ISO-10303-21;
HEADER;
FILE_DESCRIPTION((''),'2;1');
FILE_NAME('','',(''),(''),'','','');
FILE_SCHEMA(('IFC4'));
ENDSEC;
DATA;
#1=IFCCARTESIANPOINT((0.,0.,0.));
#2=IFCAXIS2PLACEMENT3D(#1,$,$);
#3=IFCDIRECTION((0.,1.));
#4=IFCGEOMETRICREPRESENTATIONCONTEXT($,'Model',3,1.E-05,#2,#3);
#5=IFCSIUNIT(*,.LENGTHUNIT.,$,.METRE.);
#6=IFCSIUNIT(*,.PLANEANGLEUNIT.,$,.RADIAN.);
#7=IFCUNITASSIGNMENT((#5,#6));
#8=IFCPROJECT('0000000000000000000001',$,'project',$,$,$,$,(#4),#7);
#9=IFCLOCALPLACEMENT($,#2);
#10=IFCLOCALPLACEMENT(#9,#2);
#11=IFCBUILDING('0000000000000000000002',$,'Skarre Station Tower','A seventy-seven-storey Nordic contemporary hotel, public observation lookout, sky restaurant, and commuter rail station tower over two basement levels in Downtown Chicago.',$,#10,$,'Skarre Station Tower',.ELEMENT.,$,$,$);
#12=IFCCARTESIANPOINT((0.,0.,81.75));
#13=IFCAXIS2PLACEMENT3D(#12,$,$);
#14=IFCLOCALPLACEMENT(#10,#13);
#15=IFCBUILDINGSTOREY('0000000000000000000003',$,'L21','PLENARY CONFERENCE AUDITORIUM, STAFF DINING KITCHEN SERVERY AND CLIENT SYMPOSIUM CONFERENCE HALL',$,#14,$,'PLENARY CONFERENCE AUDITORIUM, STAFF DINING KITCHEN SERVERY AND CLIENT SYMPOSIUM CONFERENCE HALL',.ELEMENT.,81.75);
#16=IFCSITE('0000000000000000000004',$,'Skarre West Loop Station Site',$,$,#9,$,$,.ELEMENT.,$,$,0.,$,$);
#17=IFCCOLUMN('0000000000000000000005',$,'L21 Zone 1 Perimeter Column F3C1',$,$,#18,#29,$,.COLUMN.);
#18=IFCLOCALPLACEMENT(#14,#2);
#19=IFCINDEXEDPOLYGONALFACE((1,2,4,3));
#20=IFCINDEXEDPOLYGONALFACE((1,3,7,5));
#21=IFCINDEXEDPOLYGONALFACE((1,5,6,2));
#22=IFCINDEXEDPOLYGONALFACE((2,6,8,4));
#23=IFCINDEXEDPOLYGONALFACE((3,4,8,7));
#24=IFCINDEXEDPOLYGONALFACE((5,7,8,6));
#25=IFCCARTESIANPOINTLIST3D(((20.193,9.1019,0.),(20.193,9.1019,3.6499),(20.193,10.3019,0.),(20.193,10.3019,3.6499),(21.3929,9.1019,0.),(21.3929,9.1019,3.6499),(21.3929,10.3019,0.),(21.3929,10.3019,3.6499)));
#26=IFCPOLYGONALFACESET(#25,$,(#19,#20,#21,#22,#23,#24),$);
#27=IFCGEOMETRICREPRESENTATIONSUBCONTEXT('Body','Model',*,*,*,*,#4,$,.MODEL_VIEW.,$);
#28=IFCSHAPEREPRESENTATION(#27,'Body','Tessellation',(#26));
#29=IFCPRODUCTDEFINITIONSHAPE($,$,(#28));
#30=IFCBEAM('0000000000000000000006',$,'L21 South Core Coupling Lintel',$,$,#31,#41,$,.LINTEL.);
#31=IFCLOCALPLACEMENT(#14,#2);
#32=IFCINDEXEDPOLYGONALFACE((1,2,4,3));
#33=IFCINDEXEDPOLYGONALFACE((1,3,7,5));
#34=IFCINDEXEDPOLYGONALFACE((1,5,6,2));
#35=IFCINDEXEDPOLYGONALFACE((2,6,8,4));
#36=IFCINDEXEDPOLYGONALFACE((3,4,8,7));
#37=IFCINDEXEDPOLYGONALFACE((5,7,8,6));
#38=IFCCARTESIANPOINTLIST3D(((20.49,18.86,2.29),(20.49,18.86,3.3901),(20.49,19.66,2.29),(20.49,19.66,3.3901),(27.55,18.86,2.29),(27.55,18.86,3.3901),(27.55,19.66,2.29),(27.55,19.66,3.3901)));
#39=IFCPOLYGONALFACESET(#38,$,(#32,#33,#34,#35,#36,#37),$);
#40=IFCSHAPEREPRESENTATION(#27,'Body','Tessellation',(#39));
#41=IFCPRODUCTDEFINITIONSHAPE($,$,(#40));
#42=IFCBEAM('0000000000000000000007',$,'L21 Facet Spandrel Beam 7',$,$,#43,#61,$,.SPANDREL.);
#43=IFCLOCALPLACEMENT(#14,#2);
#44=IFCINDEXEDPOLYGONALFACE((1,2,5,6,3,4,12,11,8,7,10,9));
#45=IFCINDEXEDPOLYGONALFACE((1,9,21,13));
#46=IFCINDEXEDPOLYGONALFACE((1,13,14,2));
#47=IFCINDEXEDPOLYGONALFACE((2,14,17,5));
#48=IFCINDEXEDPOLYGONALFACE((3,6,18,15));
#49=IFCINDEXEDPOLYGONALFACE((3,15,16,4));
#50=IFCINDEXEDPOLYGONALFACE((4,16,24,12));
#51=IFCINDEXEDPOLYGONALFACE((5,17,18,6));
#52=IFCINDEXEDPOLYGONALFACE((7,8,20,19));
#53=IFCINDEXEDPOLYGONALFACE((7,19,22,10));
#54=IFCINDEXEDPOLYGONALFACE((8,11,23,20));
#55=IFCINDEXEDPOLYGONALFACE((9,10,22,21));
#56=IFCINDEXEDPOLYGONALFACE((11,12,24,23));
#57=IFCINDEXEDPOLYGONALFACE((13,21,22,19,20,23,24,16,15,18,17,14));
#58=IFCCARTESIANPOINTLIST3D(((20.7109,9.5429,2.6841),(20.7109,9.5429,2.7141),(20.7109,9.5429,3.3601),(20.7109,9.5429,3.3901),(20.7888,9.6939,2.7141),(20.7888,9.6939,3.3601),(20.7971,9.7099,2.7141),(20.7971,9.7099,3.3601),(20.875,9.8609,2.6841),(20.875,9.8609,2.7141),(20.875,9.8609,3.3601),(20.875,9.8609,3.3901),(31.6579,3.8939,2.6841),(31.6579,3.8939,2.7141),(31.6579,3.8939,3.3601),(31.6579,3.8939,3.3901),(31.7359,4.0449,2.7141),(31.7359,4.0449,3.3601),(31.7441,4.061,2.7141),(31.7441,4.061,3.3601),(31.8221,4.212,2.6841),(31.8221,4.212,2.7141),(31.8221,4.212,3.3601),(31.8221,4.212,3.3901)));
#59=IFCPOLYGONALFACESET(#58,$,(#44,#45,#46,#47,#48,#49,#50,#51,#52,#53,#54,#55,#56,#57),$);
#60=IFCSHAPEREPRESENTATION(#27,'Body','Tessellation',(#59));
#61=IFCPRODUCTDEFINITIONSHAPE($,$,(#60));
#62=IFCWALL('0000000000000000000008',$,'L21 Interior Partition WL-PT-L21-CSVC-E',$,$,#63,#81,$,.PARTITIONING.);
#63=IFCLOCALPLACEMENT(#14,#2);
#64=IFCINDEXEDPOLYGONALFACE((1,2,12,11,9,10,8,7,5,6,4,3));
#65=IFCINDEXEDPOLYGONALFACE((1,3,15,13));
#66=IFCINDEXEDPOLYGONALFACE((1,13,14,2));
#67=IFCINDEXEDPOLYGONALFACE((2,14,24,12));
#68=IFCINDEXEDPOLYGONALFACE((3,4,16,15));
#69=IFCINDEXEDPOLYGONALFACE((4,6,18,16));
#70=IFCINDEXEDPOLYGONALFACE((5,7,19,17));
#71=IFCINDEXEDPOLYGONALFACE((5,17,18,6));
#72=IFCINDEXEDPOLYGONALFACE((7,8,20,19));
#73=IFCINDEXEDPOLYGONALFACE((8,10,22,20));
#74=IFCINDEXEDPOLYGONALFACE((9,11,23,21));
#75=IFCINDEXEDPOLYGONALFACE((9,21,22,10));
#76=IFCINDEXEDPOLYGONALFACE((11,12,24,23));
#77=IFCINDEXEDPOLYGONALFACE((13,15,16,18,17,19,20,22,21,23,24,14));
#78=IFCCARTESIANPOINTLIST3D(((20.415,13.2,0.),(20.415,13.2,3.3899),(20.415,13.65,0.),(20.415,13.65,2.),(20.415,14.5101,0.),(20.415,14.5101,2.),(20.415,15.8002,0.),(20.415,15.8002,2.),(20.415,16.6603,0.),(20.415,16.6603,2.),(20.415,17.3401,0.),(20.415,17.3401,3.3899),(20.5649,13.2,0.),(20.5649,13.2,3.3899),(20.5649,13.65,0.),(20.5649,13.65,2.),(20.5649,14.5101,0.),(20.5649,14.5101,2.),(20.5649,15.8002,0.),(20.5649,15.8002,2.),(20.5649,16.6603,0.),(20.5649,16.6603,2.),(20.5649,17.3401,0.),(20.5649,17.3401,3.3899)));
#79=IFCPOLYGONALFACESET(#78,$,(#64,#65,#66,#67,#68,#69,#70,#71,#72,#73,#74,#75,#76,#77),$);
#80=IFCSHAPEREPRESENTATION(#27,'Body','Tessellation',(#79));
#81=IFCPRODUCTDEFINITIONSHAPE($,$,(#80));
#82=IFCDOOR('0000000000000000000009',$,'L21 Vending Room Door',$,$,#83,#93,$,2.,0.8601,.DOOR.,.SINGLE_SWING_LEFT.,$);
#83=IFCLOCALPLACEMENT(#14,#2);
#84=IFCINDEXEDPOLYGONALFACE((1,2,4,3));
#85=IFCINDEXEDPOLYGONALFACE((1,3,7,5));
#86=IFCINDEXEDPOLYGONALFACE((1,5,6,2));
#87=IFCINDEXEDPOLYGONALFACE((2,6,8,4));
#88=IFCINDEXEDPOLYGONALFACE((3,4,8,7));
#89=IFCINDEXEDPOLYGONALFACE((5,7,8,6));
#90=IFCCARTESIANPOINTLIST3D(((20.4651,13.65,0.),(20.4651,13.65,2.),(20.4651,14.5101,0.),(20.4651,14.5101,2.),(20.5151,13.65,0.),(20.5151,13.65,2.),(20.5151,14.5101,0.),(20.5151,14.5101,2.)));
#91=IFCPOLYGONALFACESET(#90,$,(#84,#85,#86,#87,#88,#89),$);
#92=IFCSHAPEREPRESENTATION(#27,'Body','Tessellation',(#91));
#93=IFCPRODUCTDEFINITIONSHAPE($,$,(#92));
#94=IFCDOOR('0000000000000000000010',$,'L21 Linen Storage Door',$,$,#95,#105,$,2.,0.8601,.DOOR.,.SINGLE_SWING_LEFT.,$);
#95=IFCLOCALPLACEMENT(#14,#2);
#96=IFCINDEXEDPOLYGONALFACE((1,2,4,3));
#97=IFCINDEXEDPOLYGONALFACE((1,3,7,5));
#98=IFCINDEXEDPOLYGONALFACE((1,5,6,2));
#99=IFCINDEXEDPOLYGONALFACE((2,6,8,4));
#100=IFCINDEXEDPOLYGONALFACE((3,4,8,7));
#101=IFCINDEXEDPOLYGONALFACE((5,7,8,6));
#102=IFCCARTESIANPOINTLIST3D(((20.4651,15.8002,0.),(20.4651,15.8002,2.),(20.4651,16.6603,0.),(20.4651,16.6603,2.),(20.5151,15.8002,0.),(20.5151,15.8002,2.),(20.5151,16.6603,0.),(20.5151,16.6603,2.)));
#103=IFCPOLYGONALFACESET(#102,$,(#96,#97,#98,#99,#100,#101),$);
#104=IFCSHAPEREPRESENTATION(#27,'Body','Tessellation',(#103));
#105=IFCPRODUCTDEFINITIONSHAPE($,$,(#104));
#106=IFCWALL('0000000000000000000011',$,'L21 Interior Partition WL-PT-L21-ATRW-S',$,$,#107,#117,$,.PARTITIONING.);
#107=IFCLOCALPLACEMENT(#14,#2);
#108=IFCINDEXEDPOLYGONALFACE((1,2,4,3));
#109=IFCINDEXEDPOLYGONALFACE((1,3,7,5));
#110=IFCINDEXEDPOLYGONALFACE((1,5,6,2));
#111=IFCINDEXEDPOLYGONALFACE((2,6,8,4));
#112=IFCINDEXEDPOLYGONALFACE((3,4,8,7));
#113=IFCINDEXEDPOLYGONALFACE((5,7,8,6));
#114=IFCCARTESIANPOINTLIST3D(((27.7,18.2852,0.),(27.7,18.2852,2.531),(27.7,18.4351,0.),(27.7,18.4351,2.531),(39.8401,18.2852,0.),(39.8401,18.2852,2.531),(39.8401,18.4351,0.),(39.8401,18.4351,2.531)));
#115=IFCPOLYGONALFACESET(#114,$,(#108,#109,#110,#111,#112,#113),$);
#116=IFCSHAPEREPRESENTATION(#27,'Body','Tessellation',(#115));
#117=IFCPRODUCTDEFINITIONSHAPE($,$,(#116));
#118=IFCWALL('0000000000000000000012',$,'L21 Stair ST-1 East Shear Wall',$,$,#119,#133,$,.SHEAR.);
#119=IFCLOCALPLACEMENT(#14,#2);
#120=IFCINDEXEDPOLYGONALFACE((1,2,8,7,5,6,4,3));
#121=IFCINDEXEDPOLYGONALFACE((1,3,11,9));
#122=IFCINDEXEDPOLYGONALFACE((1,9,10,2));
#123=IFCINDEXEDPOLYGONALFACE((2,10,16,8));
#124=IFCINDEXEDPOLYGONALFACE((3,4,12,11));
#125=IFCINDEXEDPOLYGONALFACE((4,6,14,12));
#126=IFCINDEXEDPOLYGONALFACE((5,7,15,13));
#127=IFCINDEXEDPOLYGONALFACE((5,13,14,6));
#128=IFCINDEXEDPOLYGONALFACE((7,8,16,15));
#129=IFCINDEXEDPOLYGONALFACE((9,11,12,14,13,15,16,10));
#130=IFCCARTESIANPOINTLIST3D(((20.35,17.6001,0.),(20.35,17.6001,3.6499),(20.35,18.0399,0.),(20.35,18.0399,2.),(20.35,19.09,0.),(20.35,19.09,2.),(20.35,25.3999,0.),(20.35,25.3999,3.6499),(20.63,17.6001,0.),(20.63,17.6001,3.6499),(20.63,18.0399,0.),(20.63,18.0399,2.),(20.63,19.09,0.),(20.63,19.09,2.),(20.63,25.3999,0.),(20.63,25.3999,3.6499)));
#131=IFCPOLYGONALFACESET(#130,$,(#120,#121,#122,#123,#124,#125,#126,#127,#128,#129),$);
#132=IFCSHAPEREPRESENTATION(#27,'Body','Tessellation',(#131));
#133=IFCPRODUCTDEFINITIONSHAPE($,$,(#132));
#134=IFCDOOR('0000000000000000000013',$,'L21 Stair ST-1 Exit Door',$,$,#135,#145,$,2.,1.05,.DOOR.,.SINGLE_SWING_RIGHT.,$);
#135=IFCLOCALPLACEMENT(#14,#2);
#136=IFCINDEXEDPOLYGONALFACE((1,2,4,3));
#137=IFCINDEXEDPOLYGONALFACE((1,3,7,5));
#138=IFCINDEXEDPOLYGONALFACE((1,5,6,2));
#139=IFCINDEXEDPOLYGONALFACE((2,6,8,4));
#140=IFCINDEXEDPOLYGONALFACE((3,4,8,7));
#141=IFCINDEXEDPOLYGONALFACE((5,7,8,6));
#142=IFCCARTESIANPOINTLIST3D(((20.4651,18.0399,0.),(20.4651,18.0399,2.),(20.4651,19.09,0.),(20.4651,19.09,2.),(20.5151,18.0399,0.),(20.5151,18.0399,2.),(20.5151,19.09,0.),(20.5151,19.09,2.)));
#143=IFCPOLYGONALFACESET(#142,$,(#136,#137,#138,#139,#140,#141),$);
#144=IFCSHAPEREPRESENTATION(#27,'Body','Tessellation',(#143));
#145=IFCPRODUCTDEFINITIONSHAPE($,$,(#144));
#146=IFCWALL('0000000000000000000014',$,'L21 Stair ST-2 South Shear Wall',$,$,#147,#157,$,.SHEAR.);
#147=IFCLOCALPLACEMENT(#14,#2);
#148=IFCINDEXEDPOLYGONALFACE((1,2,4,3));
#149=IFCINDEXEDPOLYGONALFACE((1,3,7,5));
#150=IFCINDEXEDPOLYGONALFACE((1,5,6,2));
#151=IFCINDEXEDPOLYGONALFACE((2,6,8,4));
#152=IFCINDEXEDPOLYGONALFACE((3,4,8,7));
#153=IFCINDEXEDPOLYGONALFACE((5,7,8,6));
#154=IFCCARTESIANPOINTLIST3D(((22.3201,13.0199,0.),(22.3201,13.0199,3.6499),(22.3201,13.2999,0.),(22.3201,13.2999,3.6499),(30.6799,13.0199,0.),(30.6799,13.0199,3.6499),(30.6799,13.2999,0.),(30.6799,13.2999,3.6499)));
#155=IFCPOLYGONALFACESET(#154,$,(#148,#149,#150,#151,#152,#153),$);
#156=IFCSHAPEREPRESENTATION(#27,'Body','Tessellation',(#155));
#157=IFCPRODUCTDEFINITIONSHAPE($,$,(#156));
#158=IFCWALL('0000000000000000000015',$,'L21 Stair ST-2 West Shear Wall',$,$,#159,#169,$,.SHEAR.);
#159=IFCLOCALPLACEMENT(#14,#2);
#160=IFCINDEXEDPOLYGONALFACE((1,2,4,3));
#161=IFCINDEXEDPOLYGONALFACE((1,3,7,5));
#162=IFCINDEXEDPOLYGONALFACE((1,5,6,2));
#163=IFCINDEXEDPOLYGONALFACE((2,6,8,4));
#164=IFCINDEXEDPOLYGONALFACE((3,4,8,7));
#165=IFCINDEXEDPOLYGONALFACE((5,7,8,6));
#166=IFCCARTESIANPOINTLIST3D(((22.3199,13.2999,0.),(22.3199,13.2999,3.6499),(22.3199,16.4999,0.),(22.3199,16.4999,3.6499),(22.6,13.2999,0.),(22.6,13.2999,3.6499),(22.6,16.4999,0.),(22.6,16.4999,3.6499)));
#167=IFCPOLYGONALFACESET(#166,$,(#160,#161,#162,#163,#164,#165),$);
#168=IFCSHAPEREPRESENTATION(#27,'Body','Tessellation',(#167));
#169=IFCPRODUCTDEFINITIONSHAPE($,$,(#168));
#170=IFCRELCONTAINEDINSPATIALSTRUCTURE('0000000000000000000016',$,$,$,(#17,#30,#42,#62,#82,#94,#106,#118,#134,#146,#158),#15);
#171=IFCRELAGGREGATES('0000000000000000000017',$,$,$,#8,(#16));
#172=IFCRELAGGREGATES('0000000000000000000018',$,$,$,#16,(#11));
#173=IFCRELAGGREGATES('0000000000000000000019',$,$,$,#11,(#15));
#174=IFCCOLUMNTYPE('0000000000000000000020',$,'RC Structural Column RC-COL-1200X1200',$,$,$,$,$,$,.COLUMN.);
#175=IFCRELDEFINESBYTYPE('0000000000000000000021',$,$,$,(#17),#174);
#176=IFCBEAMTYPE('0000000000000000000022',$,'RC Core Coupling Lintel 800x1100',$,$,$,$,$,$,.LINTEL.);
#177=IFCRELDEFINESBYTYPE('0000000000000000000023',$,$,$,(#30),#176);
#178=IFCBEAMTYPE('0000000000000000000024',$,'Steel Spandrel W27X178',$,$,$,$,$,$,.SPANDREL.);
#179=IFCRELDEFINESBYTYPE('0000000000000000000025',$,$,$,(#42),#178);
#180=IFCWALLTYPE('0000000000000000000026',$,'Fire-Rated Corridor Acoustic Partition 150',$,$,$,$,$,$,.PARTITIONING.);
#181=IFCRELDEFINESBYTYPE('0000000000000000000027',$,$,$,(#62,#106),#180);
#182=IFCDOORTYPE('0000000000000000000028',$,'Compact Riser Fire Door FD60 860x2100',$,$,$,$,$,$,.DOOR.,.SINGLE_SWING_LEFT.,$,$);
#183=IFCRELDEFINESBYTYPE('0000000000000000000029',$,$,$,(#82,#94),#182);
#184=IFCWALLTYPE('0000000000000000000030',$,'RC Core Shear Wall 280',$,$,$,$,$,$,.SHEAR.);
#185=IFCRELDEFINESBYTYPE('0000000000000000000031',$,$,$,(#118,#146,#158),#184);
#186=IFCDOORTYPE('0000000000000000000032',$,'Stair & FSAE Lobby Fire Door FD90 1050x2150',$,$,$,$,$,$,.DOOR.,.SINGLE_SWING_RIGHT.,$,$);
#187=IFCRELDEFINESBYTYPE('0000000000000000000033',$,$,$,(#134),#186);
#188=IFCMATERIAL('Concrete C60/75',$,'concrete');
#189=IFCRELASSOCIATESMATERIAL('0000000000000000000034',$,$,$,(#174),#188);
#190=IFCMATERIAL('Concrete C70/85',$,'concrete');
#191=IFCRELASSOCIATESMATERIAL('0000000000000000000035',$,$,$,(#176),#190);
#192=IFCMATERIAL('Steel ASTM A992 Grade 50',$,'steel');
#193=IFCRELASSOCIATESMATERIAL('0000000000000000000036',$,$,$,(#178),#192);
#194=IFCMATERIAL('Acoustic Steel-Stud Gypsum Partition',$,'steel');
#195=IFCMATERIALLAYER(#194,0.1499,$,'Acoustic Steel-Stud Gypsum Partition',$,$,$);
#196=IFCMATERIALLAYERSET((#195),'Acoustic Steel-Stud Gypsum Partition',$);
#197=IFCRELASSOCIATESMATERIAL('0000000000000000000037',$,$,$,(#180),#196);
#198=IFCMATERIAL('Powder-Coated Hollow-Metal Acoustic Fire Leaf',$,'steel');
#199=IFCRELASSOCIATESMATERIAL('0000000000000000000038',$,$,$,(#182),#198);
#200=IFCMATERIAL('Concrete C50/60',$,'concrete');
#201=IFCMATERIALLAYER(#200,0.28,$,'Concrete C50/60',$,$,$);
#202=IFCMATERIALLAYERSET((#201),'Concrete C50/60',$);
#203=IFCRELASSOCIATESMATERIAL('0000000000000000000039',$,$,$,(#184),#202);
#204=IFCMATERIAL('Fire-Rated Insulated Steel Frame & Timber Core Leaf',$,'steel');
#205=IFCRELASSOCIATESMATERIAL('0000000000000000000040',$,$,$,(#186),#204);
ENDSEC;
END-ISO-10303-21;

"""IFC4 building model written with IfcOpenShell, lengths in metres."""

from ifc_helpers import new_model, si_unit, direction, frame, frame_2d, origin, origin_2d, place, context, subcontext, project, spatial, rectangle, i_section, extrude, material, layer, layer_set, material_profile, profile_set, type_object, element, fill, save


model = new_model("IFC4")

# Units and contexts
model_context = context("Model", 3, precision=1e-05, world=origin(), true_north=direction((0.0, 1.0)))
body_context = subcontext(model_context, "Body", "Model", "MODEL_VIEW")
ifc_project = project(units=[si_unit("LENGTHUNIT", "METRE"), si_unit("PLANEANGLEUNIT", "RADIAN")], contexts=[model_context])

# Site, building, storey
site_placement = place(None, origin())
site = spatial("IfcSite", under=ifc_project, at=site_placement, Name="Skarre West Loop Station Site", CompositionType="ELEMENT", RefElevation=0.0)
building_placement = place(site_placement, origin())
building = spatial("IfcBuilding", under=site, at=building_placement, Name="Skarre Station Tower", Description="A seventy-seven-storey Nordic contemporary hotel, public observation lookout, sky restaurant, and commuter rail station tower over two basement levels in Downtown Chicago.", LongName="Skarre Station Tower", CompositionType="ELEMENT")
storey_placement = place(building_placement, frame((0.0, 0.0, 81.75)))
storey = spatial("IfcBuildingStorey", under=building, at=storey_placement, Name="L21", Description="PLENARY CONFERENCE AUDITORIUM, STAFF DINING KITCHEN SERVERY AND CLIENT SYMPOSIUM CONFERENCE HALL", LongName="PLENARY CONFERENCE AUDITORIUM, STAFF DINING KITCHEN SERVERY AND CLIENT SYMPOSIUM CONFERENCE HALL", CompositionType="ELEMENT", Elevation=81.75)

# Column
ifc_material_1 = material(Name="Concrete C60/75", Category="concrete")
ifc_material_profile_1 = material_profile(ifc_material_1, rectangle(XDim=1.2, YDim=1.2, at=origin_2d()), Name="Concrete C60/75")
ifc_profile_set_1 = profile_set([ifc_material_profile_1], Name="Concrete C60/75")
column_type = type_object("IfcColumnType", Name="RC Structural Column RC-COL-1200X1200", PredefinedType="COLUMN", material=ifc_profile_set_1)
column_placement = place(storey_placement, frame((20.793, 9.7019, 0.0), z_axis=(0.0, 0.0, 1.0), x_axis=(1.0, 0.0, 0.0)))
element("IfcColumn", 1, at=column_placement, inside=storey, type_object=column_type, Name="L21 Zone 1 Perimeter Column F3C1", PredefinedType="COLUMN", context=body_context, shape_type="SweptSolid", body=[
    extrude(rectangle(XDim=1.2, YDim=1.2, at=origin_2d()), origin(), (0.0, 0.0, 1.0), 3.6499),
])

# Beams
ifc_material_2 = material(Name="Concrete C70/85", Category="concrete")
ifc_material_profile_2 = material_profile(ifc_material_2, rectangle(XDim=0.8, YDim=1.1001, at=origin_2d()), Name="Concrete C70/85")
ifc_profile_set_2 = profile_set([ifc_material_profile_2], Name="Concrete C70/85")
beam_type_1 = type_object("IfcBeamType", Name="RC Core Coupling Lintel 800x1100", PredefinedType="LINTEL", material=ifc_profile_set_2)
beam_1_placement = place(storey_placement, frame((20.49, 19.26, 2.8401), z_axis=(1.0, 0.0, 0.0), x_axis=(0.0, 1.0, 0.0)))
element("IfcBeam", 2, at=beam_1_placement, inside=storey, type_object=beam_type_1, Name="L21 South Core Coupling Lintel", PredefinedType="LINTEL", context=body_context, shape_type="SweptSolid", body=[
    extrude(rectangle(XDim=0.8, YDim=1.1001, at=origin_2d()), origin(), (0.0, 0.0, 1.0), 7.0601),
])
ifc_material_3 = material(Name="Steel ASTM A992 Grade 50", Category="steel")
ifc_material_profile_3 = material_profile(ifc_material_3, i_section(OverallWidth=0.3579, OverallDepth=0.7061, WebThickness=0.0181, FlangeThickness=0.03, at=origin_2d()), Name="Steel ASTM A992 Grade 50")
ifc_profile_set_3 = profile_set([ifc_material_profile_3], Name="Steel ASTM A992 Grade 50")
beam_type_2 = type_object("IfcBeamType", Name="Steel Spandrel W27X178", PredefinedType="SPANDREL", material=ifc_profile_set_3)
beam_2_placement = place(storey_placement, frame((20.793, 9.7019, 3.0371), z_axis=(0.888659, -0.458569, 0.0), x_axis=(0.458569, 0.888659, 0.0)))
element("IfcBeam", 3, at=beam_2_placement, inside=storey, type_object=beam_type_2, Name="L21 Facet Spandrel Beam 7", PredefinedType="SPANDREL", context=body_context, shape_type="SweptSolid", body=[
    extrude(i_section(OverallWidth=0.3579, OverallDepth=0.7061, WebThickness=0.0181, FlangeThickness=0.03, at=origin_2d()), origin(), (0.0, 0.0, 1.0), 12.3186),
])

# Wall, openings, doors
ifc_material_4 = material(Name="Acoustic Steel-Stud Gypsum Partition", Category="steel")
ifc_layer_1 = layer(ifc_material_4, 0.1499, Name="Acoustic Steel-Stud Gypsum Partition")
ifc_layer_set_1 = layer_set([ifc_layer_1], Name="Acoustic Steel-Stud Gypsum Partition")
wall_type_1 = type_object("IfcWallType", Name="Fire-Rated Corridor Acoustic Partition 150", PredefinedType="PARTITIONING", material=ifc_layer_set_1)
wall_1_placement = place(storey_placement, frame((20.49, 13.2, 0.0), z_axis=(0.0, 0.0, 1.0), x_axis=(0.0, 1.0, 0.0)))
wall_1 = element("IfcWall", 4, at=wall_1_placement, inside=storey, type_object=wall_type_1, Name="L21 Interior Partition WL-PT-L21-CSVC-E", PredefinedType="PARTITIONING", context=body_context, shape_type="SweptSolid", body=[
    extrude(rectangle(XDim=4.1401, YDim=0.1499, at=frame_2d((2.0701, 0.0))), origin(), (0.0, 0.0, 1.0), 3.3899),
])
opening_1_placement = place(wall_1_placement, frame((0.45, 0.0, 0.0)))
opening_1 = element("IfcOpeningElement", 5, at=opening_1_placement, cuts=wall_1, PredefinedType="OPENING", context=body_context, shape_type="SweptSolid", body=[
    extrude(rectangle(XDim=0.8601, YDim=2.0, at=frame_2d((0.4302, 1.0))), frame((0.0, 0.085, 0.0), z_axis=(0.0, -1.0, 0.0), x_axis=(1.0, 0.0, 0.0)), (0.0, 0.0, 1.0), 0.1699),
])
opening_2_placement = place(wall_1_placement, frame((2.6001, 0.0, 0.0)))
opening_2 = element("IfcOpeningElement", 6, at=opening_2_placement, cuts=wall_1, PredefinedType="OPENING", context=body_context, shape_type="SweptSolid", body=[
    extrude(rectangle(XDim=0.8601, YDim=2.0, at=frame_2d((0.4302, 1.0))), frame((0.0, 0.085, 0.0), z_axis=(0.0, -1.0, 0.0), x_axis=(1.0, 0.0, 0.0)), (0.0, 0.0, 1.0), 0.1699),
])
ifc_material_5 = material(Name="Powder-Coated Hollow-Metal Acoustic Fire Leaf", Category="steel")
door_type_1 = type_object("IfcDoorType", Name="Compact Riser Fire Door FD60 860x2100", OperationType="SINGLE_SWING_LEFT", PredefinedType="DOOR", material=ifc_material_5)
door_1_placement = place(opening_1_placement, origin())
door_1 = element("IfcDoor", 7, at=door_1_placement, inside=storey, type_object=door_type_1, Name="L21 Vending Room Door", OperationType="SINGLE_SWING_LEFT", OverallHeight=2.0, OverallWidth=0.8601, PredefinedType="DOOR", context=body_context, shape_type="SweptSolid", body=[
    extrude(rectangle(XDim=0.8601, YDim=2.0, at=frame_2d((0.4302, 1.0))), frame((0.0, 0.0249, 0.0), z_axis=(0.0, -1.0, 0.0), x_axis=(1.0, 0.0, 0.0)), (0.0, 0.0, 1.0), 0.05),
])
fill(opening_1, door_1)
door_2_placement = place(opening_2_placement, origin())
door_2 = element("IfcDoor", 8, at=door_2_placement, inside=storey, type_object=door_type_1, Name="L21 Linen Storage Door", OperationType="SINGLE_SWING_LEFT", OverallHeight=2.0, OverallWidth=0.8601, PredefinedType="DOOR", context=body_context, shape_type="SweptSolid", body=[
    extrude(rectangle(XDim=0.8601, YDim=2.0, at=frame_2d((0.4302, 1.0))), frame((0.0, 0.0249, 0.0), z_axis=(0.0, -1.0, 0.0), x_axis=(1.0, 0.0, 0.0)), (0.0, 0.0, 1.0), 0.05),
])
fill(opening_2, door_2)

# Wall
wall_2_placement = place(storey_placement, frame((27.7, 18.3601, 0.0), z_axis=(0.0, 0.0, 1.0), x_axis=(1.0, 0.0, 0.0)))
element("IfcWall", 9, at=wall_2_placement, inside=storey, type_object=wall_type_1, Name="L21 Interior Partition WL-PT-L21-ATRW-S", PredefinedType="PARTITIONING", context=body_context, shape_type="SweptSolid", body=[
    extrude(rectangle(XDim=12.1401, YDim=0.1499, at=frame_2d((6.0701, 0.0))), origin(), (0.0, 0.0, 1.0), 2.531),
])

# Wall, opening, door
ifc_material_6 = material(Name="Concrete C50/60", Category="concrete")
ifc_layer_2 = layer(ifc_material_6, 0.28, Name="Concrete C50/60")
ifc_layer_set_2 = layer_set([ifc_layer_2], Name="Concrete C50/60")
wall_type_2 = type_object("IfcWallType", Name="RC Core Shear Wall 280", PredefinedType="SHEAR", material=ifc_layer_set_2)
wall_3_placement = place(storey_placement, frame((20.49, 17.6001, 0.0), z_axis=(0.0, 0.0, 1.0), x_axis=(0.0, 1.0, 0.0)))
wall_3 = element("IfcWall", 10, at=wall_3_placement, inside=storey, type_object=wall_type_2, Name="L21 Stair ST-1 East Shear Wall", PredefinedType="SHEAR", context=body_context, shape_type="SweptSolid", body=[
    extrude(rectangle(XDim=7.7998, YDim=0.28, at=frame_2d((3.8999, 0.0))), origin(), (0.0, 0.0, 1.0), 3.6499),
])
opening_3_placement = place(wall_3_placement, frame((0.4399, 0.0, 0.0)))
opening_3 = element("IfcOpeningElement", 11, at=opening_3_placement, cuts=wall_3, PredefinedType="OPENING", context=body_context, shape_type="SweptSolid", body=[
    extrude(rectangle(XDim=1.05, YDim=2.0, at=frame_2d((0.5249, 1.0))), frame((0.0, 0.1499, 0.0), z_axis=(0.0, -1.0, 0.0), x_axis=(1.0, 0.0, 0.0)), (0.0, 0.0, 1.0), 0.3),
])
ifc_material_7 = material(Name="Fire-Rated Insulated Steel Frame & Timber Core Leaf", Category="steel")
door_type_2 = type_object("IfcDoorType", Name="Stair & FSAE Lobby Fire Door FD90 1050x2150", OperationType="SINGLE_SWING_RIGHT", PredefinedType="DOOR", material=ifc_material_7)
door_3_placement = place(opening_3_placement, origin())
door_3 = element("IfcDoor", 12, at=door_3_placement, inside=storey, type_object=door_type_2, Name="L21 Stair ST-1 Exit Door", OperationType="SINGLE_SWING_RIGHT", OverallHeight=2.0, OverallWidth=1.05, PredefinedType="DOOR", context=body_context, shape_type="SweptSolid", body=[
    extrude(rectangle(XDim=1.05, YDim=2.0, at=frame_2d((0.5249, 1.0))), frame((0.0, 0.0249, 0.0), z_axis=(0.0, -1.0, 0.0), x_axis=(1.0, 0.0, 0.0)), (0.0, 0.0, 1.0), 0.05),
])
fill(opening_3, door_3)

# Walls
wall_4_placement = place(storey_placement, frame((22.3201, 13.1599, 0.0), z_axis=(0.0, 0.0, 1.0), x_axis=(1.0, 0.0, 0.0)))
element("IfcWall", 13, at=wall_4_placement, inside=storey, type_object=wall_type_2, Name="L21 Stair ST-2 South Shear Wall", PredefinedType="SHEAR", context=body_context, shape_type="SweptSolid", body=[
    extrude(rectangle(XDim=8.3599, YDim=0.28, at=frame_2d((4.1799, 0.0))), origin(), (0.0, 0.0, 1.0), 3.6499),
])
wall_5_placement = place(storey_placement, frame((22.46, 16.5, 0.0), z_axis=(0.0, 0.0, 1.0), x_axis=(0.0, -1.0, 0.0)))
element("IfcWall", 14, at=wall_5_placement, inside=storey, type_object=wall_type_2, Name="L21 Stair ST-2 West Shear Wall", PredefinedType="SHEAR", context=body_context, shape_type="SweptSolid", body=[
    extrude(rectangle(XDim=3.2, YDim=0.28, at=frame_2d((1.6001, 0.0))), origin(), (0.0, 0.0, 1.0), 3.6499),
])

save(model, "model.ifc")
